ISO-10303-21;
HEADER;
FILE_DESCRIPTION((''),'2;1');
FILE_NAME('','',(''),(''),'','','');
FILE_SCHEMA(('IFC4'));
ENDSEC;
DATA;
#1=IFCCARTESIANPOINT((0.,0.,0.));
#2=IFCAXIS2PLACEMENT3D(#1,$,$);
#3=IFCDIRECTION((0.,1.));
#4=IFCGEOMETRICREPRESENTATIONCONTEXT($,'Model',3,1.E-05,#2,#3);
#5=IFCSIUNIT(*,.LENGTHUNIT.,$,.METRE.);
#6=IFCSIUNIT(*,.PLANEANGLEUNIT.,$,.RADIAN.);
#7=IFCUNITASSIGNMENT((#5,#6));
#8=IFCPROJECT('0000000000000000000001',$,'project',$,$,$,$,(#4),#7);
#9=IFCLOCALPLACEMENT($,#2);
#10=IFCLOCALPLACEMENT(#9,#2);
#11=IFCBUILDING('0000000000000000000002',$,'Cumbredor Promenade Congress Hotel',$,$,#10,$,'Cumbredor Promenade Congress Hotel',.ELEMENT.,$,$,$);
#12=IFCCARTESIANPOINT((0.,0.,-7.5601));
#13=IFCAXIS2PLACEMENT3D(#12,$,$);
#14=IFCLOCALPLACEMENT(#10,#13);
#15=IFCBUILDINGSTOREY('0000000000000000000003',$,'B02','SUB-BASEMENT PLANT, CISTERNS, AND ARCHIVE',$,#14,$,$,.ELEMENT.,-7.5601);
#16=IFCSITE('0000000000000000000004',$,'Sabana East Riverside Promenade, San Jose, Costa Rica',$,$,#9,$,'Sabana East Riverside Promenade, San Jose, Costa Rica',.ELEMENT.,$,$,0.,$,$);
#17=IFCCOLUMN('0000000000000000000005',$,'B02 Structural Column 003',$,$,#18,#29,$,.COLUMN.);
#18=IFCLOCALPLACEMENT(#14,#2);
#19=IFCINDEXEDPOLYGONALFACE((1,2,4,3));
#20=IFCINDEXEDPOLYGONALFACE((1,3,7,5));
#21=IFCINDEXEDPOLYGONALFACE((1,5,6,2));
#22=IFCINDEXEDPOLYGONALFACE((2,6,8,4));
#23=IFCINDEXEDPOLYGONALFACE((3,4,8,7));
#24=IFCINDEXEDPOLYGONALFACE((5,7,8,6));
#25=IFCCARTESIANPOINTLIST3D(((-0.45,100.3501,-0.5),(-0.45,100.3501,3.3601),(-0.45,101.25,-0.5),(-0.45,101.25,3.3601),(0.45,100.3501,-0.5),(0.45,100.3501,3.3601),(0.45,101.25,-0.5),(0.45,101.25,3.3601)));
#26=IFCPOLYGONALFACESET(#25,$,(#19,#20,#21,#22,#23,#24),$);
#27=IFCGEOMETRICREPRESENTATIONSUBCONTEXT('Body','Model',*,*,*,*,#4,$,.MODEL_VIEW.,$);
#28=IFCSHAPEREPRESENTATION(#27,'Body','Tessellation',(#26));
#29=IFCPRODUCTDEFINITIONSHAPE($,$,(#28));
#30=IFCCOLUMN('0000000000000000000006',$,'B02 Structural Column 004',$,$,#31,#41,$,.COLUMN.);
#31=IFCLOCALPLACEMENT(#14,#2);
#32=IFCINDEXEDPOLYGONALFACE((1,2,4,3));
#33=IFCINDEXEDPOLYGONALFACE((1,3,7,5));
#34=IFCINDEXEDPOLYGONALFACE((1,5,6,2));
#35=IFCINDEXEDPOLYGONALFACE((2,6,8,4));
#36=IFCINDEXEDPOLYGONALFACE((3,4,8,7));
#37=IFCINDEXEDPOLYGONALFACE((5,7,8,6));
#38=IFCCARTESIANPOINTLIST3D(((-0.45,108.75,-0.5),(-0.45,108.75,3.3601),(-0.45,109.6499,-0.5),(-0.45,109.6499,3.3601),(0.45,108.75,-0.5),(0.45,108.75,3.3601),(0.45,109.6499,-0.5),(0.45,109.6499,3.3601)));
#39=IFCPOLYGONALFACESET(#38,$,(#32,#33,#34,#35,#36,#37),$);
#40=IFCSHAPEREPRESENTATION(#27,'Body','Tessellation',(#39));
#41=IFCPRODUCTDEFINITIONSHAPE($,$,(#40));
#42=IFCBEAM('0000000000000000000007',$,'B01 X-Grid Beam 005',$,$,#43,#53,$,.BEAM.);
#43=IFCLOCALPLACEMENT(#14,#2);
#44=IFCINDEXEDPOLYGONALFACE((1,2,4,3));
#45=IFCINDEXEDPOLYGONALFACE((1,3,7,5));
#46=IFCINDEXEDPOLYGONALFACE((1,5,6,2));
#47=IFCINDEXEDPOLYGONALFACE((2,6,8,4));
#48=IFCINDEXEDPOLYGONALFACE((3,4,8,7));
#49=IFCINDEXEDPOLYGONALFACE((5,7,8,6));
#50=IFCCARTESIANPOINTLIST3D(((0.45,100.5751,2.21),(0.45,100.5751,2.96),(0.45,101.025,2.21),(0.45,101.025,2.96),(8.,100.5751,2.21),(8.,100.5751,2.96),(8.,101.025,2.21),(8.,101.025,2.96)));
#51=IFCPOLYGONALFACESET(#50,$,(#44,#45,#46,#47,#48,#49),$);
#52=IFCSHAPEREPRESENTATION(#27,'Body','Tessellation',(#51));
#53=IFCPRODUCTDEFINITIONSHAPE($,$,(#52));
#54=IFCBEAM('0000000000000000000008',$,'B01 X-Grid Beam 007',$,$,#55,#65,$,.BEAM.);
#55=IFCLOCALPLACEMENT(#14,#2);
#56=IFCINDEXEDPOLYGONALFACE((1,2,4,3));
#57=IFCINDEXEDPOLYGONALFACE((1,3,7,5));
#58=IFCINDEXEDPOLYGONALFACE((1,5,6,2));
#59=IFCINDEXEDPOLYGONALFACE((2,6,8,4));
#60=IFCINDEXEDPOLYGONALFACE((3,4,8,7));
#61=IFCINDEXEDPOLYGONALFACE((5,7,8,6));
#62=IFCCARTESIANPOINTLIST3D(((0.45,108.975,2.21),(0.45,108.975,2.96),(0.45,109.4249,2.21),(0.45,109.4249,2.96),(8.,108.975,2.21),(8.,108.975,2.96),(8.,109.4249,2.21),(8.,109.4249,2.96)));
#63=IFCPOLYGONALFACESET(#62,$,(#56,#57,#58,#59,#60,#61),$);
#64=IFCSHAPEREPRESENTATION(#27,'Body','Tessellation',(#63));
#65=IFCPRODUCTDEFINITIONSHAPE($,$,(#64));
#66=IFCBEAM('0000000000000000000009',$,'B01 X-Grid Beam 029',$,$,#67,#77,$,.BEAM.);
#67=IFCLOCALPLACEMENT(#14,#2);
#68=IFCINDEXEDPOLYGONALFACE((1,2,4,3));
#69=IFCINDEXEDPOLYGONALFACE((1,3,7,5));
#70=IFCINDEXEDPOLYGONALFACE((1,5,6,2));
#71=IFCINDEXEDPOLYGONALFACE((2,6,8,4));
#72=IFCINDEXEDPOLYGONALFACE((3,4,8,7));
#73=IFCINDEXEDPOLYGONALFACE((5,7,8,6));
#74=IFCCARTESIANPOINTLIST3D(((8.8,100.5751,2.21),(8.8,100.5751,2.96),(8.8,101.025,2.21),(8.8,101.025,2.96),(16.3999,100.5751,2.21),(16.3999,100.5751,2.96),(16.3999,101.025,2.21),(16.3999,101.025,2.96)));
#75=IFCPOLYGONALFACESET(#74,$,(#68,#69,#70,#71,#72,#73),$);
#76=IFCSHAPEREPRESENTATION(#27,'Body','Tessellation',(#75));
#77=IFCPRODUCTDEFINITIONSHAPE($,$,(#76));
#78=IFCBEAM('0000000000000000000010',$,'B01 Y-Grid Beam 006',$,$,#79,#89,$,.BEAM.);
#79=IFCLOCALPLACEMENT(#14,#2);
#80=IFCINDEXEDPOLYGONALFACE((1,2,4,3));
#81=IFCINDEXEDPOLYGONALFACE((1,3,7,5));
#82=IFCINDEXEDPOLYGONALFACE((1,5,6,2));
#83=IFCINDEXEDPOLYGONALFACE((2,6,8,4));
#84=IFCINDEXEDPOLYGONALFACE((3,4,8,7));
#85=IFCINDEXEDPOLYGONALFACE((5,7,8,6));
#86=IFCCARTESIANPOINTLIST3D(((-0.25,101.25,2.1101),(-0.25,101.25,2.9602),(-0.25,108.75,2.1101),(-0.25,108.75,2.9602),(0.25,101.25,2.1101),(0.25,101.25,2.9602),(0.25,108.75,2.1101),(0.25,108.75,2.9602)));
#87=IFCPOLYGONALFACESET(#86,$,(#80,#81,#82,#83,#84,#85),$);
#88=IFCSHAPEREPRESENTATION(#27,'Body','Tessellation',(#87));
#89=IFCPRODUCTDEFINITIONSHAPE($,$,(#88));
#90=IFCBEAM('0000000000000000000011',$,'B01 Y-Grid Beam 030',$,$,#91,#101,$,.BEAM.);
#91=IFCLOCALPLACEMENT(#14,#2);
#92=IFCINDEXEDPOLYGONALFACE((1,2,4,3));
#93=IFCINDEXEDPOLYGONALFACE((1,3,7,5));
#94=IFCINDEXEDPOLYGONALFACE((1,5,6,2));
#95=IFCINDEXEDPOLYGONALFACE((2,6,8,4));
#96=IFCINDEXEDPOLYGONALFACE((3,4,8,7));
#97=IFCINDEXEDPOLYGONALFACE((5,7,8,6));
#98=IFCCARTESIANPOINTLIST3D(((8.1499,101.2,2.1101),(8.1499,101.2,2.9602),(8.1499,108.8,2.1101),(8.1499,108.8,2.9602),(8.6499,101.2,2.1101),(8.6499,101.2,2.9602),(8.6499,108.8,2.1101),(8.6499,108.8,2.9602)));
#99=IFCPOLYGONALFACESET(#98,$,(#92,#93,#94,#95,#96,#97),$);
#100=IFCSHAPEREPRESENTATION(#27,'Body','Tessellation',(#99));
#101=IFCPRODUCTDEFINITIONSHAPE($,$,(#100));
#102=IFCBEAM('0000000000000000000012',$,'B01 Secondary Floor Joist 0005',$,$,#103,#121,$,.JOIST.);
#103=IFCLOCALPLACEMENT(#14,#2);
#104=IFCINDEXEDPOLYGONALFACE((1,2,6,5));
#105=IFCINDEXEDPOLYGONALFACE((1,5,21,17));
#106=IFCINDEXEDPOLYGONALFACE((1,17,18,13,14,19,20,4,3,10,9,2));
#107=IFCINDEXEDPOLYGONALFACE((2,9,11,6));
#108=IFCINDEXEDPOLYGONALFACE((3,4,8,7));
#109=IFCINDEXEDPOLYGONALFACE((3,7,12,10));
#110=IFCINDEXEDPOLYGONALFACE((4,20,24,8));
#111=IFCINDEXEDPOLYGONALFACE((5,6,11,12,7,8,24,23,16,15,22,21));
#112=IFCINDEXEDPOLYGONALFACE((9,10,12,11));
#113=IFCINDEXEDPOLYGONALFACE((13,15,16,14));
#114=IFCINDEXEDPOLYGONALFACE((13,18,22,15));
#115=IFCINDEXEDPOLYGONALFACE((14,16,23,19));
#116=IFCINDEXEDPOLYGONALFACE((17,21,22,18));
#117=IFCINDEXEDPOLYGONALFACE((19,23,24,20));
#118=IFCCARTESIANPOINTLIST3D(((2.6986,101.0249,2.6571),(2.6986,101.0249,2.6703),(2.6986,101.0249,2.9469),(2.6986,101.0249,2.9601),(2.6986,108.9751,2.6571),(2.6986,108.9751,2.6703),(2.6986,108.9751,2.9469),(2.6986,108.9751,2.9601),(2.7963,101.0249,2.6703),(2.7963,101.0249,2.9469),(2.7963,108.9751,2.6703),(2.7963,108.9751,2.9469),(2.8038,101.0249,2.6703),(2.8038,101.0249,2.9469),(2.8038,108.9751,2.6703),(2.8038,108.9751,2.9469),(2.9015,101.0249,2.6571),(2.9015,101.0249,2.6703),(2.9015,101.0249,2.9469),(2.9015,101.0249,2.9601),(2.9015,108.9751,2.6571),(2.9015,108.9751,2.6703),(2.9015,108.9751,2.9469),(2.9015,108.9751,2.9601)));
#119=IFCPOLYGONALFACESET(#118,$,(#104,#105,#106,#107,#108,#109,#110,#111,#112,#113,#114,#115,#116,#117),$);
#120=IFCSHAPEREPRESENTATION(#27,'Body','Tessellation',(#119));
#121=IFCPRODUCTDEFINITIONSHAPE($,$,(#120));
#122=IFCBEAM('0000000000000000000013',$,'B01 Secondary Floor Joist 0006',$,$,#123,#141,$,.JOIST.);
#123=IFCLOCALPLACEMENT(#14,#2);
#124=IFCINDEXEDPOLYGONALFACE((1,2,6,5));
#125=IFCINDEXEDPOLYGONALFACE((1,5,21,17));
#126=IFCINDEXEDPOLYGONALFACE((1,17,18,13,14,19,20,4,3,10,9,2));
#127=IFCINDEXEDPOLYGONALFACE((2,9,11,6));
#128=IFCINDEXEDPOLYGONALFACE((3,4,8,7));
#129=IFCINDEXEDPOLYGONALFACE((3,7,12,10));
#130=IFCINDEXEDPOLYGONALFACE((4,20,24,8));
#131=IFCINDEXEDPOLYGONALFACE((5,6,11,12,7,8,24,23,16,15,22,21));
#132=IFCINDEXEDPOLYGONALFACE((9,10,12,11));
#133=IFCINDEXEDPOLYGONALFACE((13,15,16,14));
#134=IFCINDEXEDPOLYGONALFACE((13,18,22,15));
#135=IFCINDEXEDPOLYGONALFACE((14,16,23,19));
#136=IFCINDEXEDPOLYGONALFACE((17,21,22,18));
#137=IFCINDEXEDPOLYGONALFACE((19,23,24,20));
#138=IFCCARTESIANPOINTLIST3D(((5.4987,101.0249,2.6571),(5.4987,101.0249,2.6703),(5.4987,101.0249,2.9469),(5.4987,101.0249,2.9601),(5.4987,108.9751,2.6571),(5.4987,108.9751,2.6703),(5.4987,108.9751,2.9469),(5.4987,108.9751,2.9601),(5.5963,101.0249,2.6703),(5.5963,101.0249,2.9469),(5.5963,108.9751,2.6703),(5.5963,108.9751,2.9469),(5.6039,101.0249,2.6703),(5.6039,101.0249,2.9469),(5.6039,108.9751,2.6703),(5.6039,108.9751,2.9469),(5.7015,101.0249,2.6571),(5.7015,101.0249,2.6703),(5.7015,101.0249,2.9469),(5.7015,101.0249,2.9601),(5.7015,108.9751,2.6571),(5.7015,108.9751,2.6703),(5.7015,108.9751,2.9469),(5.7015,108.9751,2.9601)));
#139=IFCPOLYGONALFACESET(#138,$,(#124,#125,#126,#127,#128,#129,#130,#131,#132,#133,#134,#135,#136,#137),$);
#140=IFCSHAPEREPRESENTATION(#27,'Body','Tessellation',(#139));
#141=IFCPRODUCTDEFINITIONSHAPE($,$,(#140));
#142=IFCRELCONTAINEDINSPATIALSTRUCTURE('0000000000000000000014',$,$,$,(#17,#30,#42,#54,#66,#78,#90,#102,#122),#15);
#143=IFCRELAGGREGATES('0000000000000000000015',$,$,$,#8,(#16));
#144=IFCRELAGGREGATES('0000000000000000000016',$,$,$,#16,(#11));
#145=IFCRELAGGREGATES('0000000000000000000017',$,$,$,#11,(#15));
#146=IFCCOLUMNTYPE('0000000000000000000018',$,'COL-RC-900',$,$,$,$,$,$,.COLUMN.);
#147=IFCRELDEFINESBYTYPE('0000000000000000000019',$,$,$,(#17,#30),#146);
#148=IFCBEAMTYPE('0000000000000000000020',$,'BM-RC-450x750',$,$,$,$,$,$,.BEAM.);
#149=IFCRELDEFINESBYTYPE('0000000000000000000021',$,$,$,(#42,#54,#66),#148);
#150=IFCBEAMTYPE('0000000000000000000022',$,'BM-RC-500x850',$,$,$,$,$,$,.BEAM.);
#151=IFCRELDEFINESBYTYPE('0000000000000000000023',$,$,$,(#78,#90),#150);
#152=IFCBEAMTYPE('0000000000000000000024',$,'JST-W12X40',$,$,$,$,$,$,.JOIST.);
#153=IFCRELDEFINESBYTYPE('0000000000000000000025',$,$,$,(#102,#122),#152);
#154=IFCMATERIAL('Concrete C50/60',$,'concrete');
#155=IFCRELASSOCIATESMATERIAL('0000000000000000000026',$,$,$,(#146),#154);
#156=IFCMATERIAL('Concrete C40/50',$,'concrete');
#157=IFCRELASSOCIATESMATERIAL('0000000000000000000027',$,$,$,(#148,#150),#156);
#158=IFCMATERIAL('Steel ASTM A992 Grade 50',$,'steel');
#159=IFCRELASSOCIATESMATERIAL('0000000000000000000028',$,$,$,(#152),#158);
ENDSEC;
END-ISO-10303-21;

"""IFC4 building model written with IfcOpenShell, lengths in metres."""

from ifc_helpers import new_model, si_unit, direction, frame, origin, origin_2d, place, context, subcontext, project, spatial, rectangle, i_section, extrude, material, material_profile, profile_set, type_object, element, save


model = new_model("IFC4")

# Units and contexts
model_context = context("Model", 3, precision=1e-05, world=origin(), true_north=direction((0.0, 1.0)))
body_context = subcontext(model_context, "Body", "Model", "MODEL_VIEW")
ifc_project = project(units=[si_unit("LENGTHUNIT", "METRE"), si_unit("PLANEANGLEUNIT", "RADIAN")], contexts=[model_context])

# Site, building, storey
site_placement = place(None, origin())
site = spatial("IfcSite", under=ifc_project, at=site_placement, Name="Sabana East Riverside Promenade, San Jose, Costa Rica", LongName="Sabana East Riverside Promenade, San Jose, Costa Rica", CompositionType="ELEMENT", RefElevation=0.0)
building_placement = place(site_placement, origin())
building = spatial("IfcBuilding", under=site, at=building_placement, Name="Cumbredor Promenade Congress Hotel", LongName="Cumbredor Promenade Congress Hotel", CompositionType="ELEMENT")
storey_placement = place(building_placement, frame((0.0, 0.0, -7.5601)))
storey = spatial("IfcBuildingStorey", under=building, at=storey_placement, Name="B02", Description="SUB-BASEMENT PLANT, CISTERNS, AND ARCHIVE", CompositionType="ELEMENT", Elevation=-7.5601)

# Shared definitions
ifc_material_1 = material(Name="Concrete C40/50", Category="concrete")

# Columns
ifc_material_2 = material(Name="Concrete C50/60", Category="concrete")
ifc_material_profile_1 = material_profile(ifc_material_2, rectangle(XDim=0.8999, YDim=0.8999, at=origin_2d()), Name="RC 900x900")
ifc_profile_set_1 = profile_set([ifc_material_profile_1], Name="Concrete C50/60")
column_type_1 = type_object("IfcColumnType", Name="COL-RC-900", PredefinedType="COLUMN", material=ifc_profile_set_1)
for number, where, z_axis, x_axis, name in (
    (1, (0.0, 100.8, -0.5), (0.0, 0.0, 1.0), (1.0, 0.0, 0.0), "B02 Structural Column 003"),
    (2, (0.0, 109.2, -0.5), (0.0, 0.0, 1.0), (1.0, 0.0, 0.0), "B02 Structural Column 004"),
):
    element("IfcColumn", number, at=place(storey_placement, frame(where, z_axis=z_axis, x_axis=x_axis)), inside=storey, type_object=column_type_1, Name=name, PredefinedType="COLUMN", context=body_context, shape_type="SweptSolid", body=[
        extrude(rectangle(XDim=0.8999, YDim=0.8999, at=origin_2d()), origin(), (0.0, 0.0, 1.0), 3.8601),
    ])

# Beams
ifc_material_profile_2 = material_profile(ifc_material_1, rectangle(XDim=0.45, YDim=0.75, at=origin_2d()), Name="RC BEAM 450x750")
ifc_profile_set_2 = profile_set([ifc_material_profile_2], Name="Concrete C40/50")
beam_type_1 = type_object("IfcBeamType", Name="BM-RC-450x750", PredefinedType="BEAM", material=ifc_profile_set_2)
for number, where, z_axis, x_axis, name in (
    (3, (0.45, 100.8, 2.585), (1.0, 0.0, 0.0), (0.0, 1.0, 0.0), "B01 X-Grid Beam 005"),
    (4, (0.45, 109.2, 2.585), (1.0, 0.0, 0.0), (0.0, 1.0, 0.0), "B01 X-Grid Beam 007"),
):
    element("IfcBeam", number, at=place(storey_placement, frame(where, z_axis=z_axis, x_axis=x_axis)), inside=storey, type_object=beam_type_1, Name=name, PredefinedType="BEAM", context=body_context, shape_type="SweptSolid", body=[
        extrude(rectangle(XDim=0.45, YDim=0.75, at=origin_2d()), origin(), (0.0, 0.0, 1.0), 7.55),
    ])
beam_1_placement = place(storey_placement, frame((8.8, 100.8, 2.585), z_axis=(1.0, 0.0, 0.0), x_axis=(0.0, 1.0, 0.0)))
element("IfcBeam", 5, at=beam_1_placement, inside=storey, type_object=beam_type_1, Name="B01 X-Grid Beam 029", PredefinedType="BEAM", context=body_context, shape_type="SweptSolid", body=[
    extrude(rectangle(XDim=0.45, YDim=0.75, at=origin_2d()), origin(), (0.0, 0.0, 1.0), 7.5999),
])
ifc_material_profile_3 = material_profile(ifc_material_1, rectangle(XDim=0.5, YDim=0.8501, at=origin_2d()), Name="RC BEAM 500x850")
ifc_profile_set_3 = profile_set([ifc_material_profile_3], Name="Concrete C40/50")
beam_type_2 = type_object("IfcBeamType", Name="BM-RC-500x850", PredefinedType="BEAM", material=ifc_profile_set_3)
beam_2_placement = place(storey_placement, frame((0.0, 101.25, 2.5352), z_axis=(0.0, 1.0, 0.0), x_axis=(-1.0, 0.0, 0.0)))
element("IfcBeam", 6, at=beam_2_placement, inside=storey, type_object=beam_type_2, Name="B01 Y-Grid Beam 006", PredefinedType="BEAM", context=body_context, shape_type="SweptSolid", body=[
    extrude(rectangle(XDim=0.5, YDim=0.8501, at=origin_2d()), origin(), (0.0, 0.0, 1.0), 7.5),
])
beam_3_placement = place(storey_placement, frame((8.3999, 101.2, 2.5352), z_axis=(0.0, 1.0, 0.0), x_axis=(-1.0, 0.0, 0.0)))
element("IfcBeam", 7, at=beam_3_placement, inside=storey, type_object=beam_type_2, Name="B01 Y-Grid Beam 030", PredefinedType="BEAM", context=body_context, shape_type="SweptSolid", body=[
    extrude(rectangle(XDim=0.5, YDim=0.8501, at=origin_2d()), origin(), (0.0, 0.0, 1.0), 7.6001),
])
ifc_material_3 = material(Name="Steel ASTM A992 Grade 50", Category="steel")
ifc_material_profile_4 = material_profile(ifc_material_3, i_section(OverallWidth=0.2029, OverallDepth=0.303, WebThickness=0.0076, FlangeThickness=0.0132, at=origin_2d()), Name="W12X40")
ifc_profile_set_4 = profile_set([ifc_material_profile_4], Name="Steel ASTM A992 Grade 50")
beam_type_3 = type_object("IfcBeamType", Name="JST-W12X40", PredefinedType="JOIST", material=ifc_profile_set_4)
for number, where, z_axis, x_axis, name in (
    (8, (2.8, 101.0249, 2.8086), (0.0, 1.0, 0.0), (-1.0, 0.0, 0.0), "B01 Secondary Floor Joist 0005"),
    (9, (5.6001, 101.0249, 2.8086), (0.0, 1.0, 0.0), (-1.0, 0.0, 0.0), "B01 Secondary Floor Joist 0006"),
):
    element("IfcBeam", number, at=place(storey_placement, frame(where, z_axis=z_axis, x_axis=x_axis)), inside=storey, type_object=beam_type_3, Name=name, PredefinedType="JOIST", context=body_context, shape_type="SweptSolid", body=[
        extrude(i_section(OverallWidth=0.2029, OverallDepth=0.303, WebThickness=0.0076, FlangeThickness=0.0132, at=origin_2d()), origin(), (0.0, 0.0, 1.0), 7.9502),
    ])

save(model, "model.ifc")
